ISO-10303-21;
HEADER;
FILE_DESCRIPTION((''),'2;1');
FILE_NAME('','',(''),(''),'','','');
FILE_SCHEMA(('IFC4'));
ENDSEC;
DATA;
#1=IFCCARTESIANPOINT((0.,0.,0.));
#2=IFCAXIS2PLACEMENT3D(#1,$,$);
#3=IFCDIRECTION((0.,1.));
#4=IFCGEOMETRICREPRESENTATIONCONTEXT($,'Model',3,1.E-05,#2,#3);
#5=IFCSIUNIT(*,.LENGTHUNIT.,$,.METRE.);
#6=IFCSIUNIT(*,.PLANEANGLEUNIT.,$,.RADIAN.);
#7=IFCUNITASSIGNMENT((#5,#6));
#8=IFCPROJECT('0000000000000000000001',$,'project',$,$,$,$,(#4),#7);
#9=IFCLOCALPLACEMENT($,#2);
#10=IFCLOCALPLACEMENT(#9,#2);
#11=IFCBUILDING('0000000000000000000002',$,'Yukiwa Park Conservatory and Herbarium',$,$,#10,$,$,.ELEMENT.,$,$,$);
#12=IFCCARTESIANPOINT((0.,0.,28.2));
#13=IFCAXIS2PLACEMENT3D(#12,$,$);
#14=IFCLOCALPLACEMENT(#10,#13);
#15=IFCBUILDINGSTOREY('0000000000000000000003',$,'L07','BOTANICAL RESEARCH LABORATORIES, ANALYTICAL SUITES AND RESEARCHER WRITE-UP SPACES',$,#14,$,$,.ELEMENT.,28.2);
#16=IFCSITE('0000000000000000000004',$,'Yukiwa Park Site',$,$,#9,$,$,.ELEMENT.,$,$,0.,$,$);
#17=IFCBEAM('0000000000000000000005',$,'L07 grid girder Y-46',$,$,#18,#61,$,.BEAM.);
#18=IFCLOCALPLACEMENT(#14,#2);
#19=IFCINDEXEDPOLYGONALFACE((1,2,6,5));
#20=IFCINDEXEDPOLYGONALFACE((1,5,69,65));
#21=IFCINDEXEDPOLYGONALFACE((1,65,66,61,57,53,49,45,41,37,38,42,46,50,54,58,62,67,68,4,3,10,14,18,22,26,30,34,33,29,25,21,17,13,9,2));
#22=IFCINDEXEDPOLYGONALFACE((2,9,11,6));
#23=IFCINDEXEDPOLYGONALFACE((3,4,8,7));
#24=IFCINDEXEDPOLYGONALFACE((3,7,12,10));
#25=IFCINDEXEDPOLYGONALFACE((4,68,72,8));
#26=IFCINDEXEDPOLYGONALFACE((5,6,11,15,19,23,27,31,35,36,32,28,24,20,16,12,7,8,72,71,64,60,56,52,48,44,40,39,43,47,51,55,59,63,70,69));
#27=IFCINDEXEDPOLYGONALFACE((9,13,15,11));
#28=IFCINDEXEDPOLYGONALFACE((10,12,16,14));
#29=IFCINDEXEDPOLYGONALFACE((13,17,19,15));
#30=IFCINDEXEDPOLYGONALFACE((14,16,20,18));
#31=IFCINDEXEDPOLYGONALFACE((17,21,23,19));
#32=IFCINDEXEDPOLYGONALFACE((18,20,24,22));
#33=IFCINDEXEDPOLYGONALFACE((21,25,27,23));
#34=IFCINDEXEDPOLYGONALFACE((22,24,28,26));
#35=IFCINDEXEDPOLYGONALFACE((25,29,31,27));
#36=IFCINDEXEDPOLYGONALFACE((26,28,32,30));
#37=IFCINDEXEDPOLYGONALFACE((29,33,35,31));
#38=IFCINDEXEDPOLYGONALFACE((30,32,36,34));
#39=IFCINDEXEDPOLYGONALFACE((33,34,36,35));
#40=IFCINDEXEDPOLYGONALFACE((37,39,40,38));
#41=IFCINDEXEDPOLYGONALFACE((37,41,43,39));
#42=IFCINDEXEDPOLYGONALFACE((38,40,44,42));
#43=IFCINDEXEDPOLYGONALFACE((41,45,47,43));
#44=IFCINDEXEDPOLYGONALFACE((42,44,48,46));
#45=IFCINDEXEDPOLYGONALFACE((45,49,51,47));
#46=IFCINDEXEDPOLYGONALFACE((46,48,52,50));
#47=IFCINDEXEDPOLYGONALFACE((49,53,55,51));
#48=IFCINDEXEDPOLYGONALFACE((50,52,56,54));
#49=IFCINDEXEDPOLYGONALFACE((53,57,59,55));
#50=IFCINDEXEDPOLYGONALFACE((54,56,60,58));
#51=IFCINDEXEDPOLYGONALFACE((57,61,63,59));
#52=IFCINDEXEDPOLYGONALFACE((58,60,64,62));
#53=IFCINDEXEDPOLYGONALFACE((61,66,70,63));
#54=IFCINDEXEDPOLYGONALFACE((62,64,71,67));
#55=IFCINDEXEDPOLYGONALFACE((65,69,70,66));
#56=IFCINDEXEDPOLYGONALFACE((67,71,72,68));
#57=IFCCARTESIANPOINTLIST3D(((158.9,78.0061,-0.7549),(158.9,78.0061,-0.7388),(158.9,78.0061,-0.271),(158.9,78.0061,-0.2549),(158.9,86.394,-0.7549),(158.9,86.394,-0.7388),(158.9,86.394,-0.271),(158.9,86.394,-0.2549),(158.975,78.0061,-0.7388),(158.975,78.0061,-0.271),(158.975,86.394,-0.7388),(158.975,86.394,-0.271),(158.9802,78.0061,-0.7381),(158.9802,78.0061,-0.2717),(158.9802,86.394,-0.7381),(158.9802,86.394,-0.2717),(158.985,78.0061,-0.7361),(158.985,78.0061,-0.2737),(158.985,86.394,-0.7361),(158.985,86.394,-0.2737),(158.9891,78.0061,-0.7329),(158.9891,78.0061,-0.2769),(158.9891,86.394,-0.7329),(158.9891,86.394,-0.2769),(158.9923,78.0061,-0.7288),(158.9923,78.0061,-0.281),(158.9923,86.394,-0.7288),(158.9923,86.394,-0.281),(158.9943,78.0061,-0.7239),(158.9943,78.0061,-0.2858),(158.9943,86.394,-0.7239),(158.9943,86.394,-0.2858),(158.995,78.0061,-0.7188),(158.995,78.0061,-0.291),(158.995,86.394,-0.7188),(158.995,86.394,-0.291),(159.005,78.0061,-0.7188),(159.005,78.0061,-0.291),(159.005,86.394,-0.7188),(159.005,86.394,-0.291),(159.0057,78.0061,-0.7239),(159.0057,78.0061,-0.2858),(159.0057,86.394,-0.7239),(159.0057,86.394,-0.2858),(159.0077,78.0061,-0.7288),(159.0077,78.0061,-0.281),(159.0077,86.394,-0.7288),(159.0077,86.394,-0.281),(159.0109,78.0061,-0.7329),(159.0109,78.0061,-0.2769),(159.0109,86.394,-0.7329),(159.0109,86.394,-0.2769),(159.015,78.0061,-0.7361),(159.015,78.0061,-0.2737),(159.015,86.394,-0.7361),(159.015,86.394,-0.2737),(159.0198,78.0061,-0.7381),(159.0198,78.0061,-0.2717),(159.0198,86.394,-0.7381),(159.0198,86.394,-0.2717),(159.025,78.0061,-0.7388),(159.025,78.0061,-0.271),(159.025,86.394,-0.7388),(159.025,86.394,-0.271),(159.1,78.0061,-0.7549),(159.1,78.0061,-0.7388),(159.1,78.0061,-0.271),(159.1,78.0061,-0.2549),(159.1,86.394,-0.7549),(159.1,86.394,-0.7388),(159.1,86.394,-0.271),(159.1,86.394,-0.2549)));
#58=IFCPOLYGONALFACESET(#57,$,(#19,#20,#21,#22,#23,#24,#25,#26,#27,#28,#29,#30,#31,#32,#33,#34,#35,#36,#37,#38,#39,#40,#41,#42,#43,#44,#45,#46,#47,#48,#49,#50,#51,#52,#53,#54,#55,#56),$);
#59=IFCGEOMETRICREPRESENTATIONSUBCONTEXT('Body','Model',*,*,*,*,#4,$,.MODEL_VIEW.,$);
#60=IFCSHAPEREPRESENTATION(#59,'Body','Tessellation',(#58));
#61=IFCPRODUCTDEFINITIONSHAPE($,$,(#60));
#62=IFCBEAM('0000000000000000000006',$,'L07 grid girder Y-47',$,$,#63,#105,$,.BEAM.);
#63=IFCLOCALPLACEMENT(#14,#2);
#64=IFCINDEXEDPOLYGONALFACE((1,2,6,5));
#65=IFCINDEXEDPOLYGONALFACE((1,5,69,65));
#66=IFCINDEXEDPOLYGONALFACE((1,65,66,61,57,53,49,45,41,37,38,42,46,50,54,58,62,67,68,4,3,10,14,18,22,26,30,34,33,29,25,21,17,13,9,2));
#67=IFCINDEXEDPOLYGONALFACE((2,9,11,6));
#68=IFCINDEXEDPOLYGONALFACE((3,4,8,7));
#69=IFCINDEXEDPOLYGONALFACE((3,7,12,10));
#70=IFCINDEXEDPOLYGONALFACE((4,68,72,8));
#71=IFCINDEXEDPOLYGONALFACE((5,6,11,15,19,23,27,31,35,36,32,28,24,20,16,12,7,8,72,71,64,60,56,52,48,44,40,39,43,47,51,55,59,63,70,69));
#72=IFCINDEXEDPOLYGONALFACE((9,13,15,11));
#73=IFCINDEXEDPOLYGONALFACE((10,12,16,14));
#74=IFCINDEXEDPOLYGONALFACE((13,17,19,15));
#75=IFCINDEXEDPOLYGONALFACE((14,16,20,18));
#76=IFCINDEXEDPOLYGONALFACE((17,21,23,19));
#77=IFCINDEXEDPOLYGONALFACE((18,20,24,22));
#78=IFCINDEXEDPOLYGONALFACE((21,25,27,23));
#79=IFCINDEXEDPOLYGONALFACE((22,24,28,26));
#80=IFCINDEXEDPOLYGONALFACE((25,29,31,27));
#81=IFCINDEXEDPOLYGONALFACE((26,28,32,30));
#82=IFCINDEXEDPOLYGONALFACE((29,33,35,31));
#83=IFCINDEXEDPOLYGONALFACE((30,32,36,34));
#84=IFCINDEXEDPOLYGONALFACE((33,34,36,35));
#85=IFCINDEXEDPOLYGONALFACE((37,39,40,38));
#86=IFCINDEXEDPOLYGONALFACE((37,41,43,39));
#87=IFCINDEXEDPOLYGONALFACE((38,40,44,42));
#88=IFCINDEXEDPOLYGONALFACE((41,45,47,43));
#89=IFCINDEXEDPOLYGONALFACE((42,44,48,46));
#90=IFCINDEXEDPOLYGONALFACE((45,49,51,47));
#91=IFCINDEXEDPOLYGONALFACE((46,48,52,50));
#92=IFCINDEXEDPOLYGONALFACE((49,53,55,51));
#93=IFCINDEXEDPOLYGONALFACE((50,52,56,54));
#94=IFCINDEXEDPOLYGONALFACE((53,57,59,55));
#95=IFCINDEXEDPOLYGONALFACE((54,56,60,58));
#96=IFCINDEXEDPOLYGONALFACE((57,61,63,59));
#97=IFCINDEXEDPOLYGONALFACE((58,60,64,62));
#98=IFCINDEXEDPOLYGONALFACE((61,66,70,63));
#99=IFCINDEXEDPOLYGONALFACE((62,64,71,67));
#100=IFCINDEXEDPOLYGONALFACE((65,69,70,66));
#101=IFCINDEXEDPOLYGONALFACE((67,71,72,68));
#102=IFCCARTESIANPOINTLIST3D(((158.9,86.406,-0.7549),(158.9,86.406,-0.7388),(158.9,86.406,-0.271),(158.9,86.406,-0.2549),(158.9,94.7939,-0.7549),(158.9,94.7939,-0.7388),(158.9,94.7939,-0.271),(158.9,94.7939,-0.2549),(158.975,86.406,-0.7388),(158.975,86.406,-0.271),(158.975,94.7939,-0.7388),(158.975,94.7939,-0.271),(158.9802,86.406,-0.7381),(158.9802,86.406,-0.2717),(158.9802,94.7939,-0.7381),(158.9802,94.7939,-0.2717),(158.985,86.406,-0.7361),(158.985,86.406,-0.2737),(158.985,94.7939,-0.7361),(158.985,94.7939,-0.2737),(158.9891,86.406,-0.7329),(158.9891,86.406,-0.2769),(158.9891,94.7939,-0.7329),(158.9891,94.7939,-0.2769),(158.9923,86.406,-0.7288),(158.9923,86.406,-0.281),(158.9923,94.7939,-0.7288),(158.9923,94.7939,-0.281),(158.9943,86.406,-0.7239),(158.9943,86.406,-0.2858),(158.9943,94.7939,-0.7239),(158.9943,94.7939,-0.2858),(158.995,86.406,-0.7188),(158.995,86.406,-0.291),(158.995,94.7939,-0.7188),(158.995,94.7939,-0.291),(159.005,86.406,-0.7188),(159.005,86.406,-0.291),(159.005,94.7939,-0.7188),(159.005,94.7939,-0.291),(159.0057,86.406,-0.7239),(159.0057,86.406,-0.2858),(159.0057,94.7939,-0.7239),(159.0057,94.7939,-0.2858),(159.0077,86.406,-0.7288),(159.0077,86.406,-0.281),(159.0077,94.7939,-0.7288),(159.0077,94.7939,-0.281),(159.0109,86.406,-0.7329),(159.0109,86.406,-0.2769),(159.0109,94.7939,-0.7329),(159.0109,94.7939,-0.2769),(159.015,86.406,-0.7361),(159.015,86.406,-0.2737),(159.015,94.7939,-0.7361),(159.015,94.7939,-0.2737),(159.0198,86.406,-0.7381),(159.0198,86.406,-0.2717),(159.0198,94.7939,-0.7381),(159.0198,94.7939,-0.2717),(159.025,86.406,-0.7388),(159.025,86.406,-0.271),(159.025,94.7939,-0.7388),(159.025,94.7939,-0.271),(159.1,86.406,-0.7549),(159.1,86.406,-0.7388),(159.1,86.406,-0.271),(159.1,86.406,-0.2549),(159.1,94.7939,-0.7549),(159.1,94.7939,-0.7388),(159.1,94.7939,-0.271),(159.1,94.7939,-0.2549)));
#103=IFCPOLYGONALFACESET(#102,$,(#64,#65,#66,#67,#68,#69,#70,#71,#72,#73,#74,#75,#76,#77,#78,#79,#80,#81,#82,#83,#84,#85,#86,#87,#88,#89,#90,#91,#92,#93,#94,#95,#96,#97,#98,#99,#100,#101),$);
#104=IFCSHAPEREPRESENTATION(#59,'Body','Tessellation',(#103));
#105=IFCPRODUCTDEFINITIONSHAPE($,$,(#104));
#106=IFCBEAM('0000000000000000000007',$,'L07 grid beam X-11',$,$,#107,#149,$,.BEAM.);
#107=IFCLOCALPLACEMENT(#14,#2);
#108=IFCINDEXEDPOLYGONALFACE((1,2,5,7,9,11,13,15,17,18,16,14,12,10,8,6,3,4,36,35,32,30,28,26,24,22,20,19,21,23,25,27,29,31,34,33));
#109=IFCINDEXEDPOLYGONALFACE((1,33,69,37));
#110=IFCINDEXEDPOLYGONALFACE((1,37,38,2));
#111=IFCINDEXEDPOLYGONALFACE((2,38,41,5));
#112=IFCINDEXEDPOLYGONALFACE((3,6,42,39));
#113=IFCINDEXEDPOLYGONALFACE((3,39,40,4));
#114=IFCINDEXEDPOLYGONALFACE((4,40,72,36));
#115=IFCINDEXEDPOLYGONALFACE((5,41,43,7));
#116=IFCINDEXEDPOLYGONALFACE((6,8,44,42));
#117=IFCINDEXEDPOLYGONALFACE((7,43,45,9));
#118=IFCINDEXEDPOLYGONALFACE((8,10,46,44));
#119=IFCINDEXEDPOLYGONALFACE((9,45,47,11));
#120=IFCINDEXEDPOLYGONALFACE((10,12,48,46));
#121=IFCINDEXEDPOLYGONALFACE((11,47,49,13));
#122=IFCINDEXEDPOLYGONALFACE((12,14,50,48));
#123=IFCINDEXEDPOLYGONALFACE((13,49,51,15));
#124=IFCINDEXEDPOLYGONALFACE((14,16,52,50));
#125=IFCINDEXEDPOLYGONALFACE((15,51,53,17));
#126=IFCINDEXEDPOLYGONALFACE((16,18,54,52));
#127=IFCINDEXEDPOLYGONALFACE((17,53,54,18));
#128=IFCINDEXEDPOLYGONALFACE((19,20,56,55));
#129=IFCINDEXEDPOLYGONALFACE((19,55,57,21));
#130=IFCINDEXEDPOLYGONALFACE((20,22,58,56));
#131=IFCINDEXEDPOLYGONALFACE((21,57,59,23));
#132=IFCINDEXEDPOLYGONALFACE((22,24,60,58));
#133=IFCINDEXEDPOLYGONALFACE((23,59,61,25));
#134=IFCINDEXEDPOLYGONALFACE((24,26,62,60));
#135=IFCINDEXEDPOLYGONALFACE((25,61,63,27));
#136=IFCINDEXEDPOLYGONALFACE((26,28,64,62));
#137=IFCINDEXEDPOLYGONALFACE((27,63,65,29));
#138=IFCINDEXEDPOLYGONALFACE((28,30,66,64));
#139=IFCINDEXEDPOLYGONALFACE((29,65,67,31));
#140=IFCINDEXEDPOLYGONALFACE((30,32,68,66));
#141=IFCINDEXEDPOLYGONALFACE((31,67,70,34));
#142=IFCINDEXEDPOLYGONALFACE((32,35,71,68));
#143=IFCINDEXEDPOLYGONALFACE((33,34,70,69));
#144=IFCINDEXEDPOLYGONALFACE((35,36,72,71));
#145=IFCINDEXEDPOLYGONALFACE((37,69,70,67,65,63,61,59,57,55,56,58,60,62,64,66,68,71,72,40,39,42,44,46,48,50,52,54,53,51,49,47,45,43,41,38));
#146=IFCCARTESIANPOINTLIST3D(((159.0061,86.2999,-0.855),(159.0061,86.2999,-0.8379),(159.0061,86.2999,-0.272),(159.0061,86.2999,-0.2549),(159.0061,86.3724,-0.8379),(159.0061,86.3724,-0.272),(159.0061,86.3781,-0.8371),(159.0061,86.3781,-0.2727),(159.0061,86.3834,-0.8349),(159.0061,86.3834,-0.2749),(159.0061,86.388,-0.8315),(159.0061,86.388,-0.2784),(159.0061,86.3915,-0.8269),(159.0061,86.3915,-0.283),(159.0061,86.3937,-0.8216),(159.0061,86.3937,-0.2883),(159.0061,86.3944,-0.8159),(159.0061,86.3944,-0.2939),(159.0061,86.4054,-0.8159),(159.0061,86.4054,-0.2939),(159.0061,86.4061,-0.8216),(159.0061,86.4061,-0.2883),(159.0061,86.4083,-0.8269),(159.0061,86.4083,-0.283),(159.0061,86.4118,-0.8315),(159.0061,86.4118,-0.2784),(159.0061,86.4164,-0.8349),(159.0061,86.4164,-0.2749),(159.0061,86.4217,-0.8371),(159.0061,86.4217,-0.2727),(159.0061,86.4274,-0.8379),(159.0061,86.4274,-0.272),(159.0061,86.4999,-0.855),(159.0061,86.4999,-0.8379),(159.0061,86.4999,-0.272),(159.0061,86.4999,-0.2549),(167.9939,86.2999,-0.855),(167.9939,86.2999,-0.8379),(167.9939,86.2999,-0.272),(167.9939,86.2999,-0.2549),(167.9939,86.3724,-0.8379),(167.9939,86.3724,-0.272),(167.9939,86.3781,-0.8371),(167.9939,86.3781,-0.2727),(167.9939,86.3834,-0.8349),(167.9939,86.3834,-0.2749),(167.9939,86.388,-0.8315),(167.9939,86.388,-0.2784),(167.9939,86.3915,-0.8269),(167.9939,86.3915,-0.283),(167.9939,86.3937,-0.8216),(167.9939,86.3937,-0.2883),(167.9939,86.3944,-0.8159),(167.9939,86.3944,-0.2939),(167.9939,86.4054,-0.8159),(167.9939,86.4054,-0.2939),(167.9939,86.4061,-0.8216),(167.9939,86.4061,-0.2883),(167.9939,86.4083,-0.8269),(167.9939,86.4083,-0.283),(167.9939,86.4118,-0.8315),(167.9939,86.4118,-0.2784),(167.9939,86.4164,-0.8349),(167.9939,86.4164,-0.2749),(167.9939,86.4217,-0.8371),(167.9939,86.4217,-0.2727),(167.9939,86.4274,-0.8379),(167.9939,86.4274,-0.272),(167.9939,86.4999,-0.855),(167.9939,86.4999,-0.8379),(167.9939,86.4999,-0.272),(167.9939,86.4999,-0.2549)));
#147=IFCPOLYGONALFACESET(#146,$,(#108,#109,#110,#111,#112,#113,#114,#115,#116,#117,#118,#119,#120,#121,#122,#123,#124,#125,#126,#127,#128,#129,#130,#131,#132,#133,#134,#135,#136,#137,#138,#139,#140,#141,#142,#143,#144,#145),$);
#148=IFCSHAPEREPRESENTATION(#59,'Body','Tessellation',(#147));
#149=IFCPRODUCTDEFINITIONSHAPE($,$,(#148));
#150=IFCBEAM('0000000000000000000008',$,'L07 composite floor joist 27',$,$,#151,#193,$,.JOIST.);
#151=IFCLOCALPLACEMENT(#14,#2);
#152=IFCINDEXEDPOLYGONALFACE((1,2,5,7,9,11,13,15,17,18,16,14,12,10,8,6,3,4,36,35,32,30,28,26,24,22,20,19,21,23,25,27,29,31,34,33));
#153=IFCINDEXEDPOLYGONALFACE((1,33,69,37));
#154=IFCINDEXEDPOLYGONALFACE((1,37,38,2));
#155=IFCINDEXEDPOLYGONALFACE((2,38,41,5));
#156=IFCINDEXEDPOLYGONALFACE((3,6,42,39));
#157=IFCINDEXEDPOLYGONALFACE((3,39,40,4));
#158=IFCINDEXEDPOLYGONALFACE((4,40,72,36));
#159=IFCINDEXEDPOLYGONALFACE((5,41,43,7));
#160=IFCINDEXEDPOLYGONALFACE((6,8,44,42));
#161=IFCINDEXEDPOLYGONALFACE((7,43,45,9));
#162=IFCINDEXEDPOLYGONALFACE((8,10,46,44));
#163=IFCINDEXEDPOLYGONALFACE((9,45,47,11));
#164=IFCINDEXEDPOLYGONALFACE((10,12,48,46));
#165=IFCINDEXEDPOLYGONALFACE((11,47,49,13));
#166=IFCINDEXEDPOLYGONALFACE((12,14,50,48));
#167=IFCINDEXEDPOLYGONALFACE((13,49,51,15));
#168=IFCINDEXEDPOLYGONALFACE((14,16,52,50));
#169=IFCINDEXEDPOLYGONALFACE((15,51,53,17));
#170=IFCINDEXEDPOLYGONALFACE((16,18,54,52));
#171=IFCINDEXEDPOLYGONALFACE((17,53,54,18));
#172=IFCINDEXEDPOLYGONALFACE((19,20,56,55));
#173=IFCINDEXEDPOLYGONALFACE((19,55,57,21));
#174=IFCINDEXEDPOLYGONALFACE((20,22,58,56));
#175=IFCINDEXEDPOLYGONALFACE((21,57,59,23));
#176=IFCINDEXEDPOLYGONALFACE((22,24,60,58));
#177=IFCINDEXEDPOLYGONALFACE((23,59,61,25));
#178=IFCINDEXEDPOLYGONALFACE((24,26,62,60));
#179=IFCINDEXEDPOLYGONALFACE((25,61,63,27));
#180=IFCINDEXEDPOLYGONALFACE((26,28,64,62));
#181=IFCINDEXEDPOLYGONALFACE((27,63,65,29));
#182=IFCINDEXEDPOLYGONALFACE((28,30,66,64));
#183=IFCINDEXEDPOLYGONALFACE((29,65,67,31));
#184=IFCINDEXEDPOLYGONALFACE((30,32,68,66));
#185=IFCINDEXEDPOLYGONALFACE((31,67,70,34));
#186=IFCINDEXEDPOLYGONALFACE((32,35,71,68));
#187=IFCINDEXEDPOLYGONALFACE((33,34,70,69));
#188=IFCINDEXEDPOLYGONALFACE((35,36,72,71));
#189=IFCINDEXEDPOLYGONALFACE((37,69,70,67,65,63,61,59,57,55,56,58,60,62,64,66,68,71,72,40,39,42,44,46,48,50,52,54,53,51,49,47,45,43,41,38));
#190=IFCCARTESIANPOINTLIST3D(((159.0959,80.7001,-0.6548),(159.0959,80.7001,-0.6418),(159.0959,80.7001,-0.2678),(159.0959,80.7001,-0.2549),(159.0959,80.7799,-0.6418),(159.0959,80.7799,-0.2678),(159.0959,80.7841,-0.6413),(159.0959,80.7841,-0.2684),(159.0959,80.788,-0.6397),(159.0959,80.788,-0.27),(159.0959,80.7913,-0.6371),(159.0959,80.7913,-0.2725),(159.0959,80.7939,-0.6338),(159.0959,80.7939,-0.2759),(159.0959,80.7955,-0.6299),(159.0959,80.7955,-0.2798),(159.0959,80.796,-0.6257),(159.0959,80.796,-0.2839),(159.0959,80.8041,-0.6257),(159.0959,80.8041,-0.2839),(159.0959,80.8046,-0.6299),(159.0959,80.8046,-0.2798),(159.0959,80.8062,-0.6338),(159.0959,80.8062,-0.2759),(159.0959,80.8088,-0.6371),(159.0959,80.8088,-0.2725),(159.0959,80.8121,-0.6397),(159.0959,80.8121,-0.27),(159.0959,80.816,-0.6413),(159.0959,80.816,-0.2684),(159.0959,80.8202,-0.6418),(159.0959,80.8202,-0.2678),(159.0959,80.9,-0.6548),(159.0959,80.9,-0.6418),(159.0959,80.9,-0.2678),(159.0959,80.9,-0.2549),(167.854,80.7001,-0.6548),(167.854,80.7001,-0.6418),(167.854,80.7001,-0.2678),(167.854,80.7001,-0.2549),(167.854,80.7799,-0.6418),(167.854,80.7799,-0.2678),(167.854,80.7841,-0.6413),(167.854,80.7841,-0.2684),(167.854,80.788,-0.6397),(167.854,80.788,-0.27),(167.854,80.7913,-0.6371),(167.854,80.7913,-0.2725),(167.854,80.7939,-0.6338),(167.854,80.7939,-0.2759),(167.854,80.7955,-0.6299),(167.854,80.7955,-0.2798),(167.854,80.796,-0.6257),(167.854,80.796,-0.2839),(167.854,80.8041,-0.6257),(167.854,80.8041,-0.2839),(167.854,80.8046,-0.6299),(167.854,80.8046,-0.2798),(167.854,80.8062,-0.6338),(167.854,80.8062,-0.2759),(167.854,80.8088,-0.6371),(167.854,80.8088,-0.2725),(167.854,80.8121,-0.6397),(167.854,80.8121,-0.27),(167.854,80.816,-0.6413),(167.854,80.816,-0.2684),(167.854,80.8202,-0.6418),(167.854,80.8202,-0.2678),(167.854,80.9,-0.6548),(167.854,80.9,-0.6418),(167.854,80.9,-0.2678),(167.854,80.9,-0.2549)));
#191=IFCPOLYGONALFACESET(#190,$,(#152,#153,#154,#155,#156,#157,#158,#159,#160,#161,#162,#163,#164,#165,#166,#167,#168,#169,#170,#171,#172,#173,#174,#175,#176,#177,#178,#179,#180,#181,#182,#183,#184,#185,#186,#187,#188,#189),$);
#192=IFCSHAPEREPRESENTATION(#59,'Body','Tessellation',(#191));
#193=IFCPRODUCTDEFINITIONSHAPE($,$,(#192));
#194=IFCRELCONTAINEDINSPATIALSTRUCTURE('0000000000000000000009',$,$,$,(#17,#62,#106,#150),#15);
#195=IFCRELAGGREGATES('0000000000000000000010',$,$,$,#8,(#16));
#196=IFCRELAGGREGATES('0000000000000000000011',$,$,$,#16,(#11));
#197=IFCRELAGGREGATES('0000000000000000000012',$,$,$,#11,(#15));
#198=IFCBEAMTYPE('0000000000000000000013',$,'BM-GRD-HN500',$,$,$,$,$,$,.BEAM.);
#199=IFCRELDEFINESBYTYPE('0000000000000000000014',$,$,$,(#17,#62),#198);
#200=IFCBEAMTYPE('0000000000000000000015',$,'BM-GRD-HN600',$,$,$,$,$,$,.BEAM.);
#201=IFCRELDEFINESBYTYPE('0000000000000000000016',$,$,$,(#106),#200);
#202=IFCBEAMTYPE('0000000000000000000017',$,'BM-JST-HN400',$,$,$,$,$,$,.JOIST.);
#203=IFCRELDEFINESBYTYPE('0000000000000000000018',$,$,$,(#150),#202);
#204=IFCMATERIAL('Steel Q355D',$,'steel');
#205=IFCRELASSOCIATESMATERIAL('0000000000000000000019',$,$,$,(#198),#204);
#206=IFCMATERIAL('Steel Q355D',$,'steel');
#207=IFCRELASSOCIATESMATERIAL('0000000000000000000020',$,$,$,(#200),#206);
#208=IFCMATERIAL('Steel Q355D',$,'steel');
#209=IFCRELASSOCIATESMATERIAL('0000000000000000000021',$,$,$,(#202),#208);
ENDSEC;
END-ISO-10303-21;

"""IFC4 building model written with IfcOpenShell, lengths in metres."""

from ifc_helpers import new_model, si_unit, direction, frame, origin, origin_2d, place, context, subcontext, project, spatial, i_section, extrude, material, material_profile, profile_set, type_object, element, save


model = new_model("IFC4")

# Units and contexts
model_context = context("Model", 3, precision=1e-05, world=origin(), true_north=direction((0.0, 1.0)))
body_context = subcontext(model_context, "Body", "Model", "MODEL_VIEW")
ifc_project = project(units=[si_unit("LENGTHUNIT", "METRE"), si_unit("PLANEANGLEUNIT", "RADIAN")], contexts=[model_context])

# Site, building, storey
site_placement = place(None, origin())
site = spatial("IfcSite", under=ifc_project, at=site_placement, Name="Yukiwa Park Site", CompositionType="ELEMENT", RefElevation=0.0)
building_placement = place(site_placement, origin())
building = spatial("IfcBuilding", under=site, at=building_placement, Name="Yukiwa Park Conservatory and Herbarium", CompositionType="ELEMENT")
storey_placement = place(building_placement, frame((0.0, 0.0, 28.2)))
storey = spatial("IfcBuildingStorey", under=building, at=storey_placement, Name="L07", Description="BOTANICAL RESEARCH LABORATORIES, ANALYTICAL SUITES AND RESEARCHER WRITE-UP SPACES", CompositionType="ELEMENT", Elevation=28.2)

# Beams
ifc_material_1 = material(Name="Steel Q355D", Category="steel")
ifc_material_profile_1 = material_profile(ifc_material_1, i_section(OverallWidth=0.2, OverallDepth=0.5, WebThickness=0.01, FlangeThickness=0.0161, FilletRadius=0.02, at=origin_2d()), Name="HN 500x200x10x16")
ifc_profile_set_1 = profile_set([ifc_material_profile_1], Name="Steel Q355D")
beam_type_1 = type_object("IfcBeamType", Name="BM-GRD-HN500", PredefinedType="BEAM", material=ifc_profile_set_1)
for number, where, z_axis, x_axis, name in (
    (1, (159.0, 78.0061, -0.5049), (0.0, 1.0, 0.0), (-1.0, 0.0, 0.0), "L07 grid girder Y-46"),
    (2, (159.0, 86.406, -0.5049), (0.0, 1.0, 0.0), (-1.0, 0.0, 0.0), "L07 grid girder Y-47"),
):
    element("IfcBeam", number, at=place(storey_placement, frame(where, z_axis=z_axis, x_axis=x_axis)), inside=storey, type_object=beam_type_1, Name=name, PredefinedType="BEAM", context=body_context, shape_type="SweptSolid", body=[
        extrude(i_section(OverallWidth=0.2, OverallDepth=0.5, WebThickness=0.01, FlangeThickness=0.0161, FilletRadius=0.02, at=origin_2d()), origin(), (0.0, 0.0, 1.0), 8.3879),
    ])
ifc_material_2 = material(Name="Steel Q355D", Category="steel")
ifc_material_profile_2 = material_profile(ifc_material_2, i_section(OverallWidth=0.2, OverallDepth=0.6001, WebThickness=0.011, FlangeThickness=0.0171, FilletRadius=0.022, at=origin_2d()), Name="HN 600x200x11x17")
ifc_profile_set_2 = profile_set([ifc_material_profile_2], Name="Steel Q355D")
beam_type_2 = type_object("IfcBeamType", Name="BM-GRD-HN600", PredefinedType="BEAM", material=ifc_profile_set_2)
beam_1_placement = place(storey_placement, frame((159.0061, 86.3999, -0.5549), z_axis=(1.0, 0.0, 0.0), x_axis=(0.0, 1.0, 0.0)))
element("IfcBeam", 3, at=beam_1_placement, inside=storey, type_object=beam_type_2, Name="L07 grid beam X-11", PredefinedType="BEAM", context=body_context, shape_type="SweptSolid", body=[
    extrude(i_section(OverallWidth=0.2, OverallDepth=0.6001, WebThickness=0.011, FlangeThickness=0.0171, FilletRadius=0.022, at=origin_2d()), origin(), (0.0, 0.0, 1.0), 8.9878),
])
ifc_material_3 = material(Name="Steel Q355D", Category="steel")
ifc_material_profile_3 = material_profile(ifc_material_3, i_section(OverallWidth=0.2, OverallDepth=0.3999, WebThickness=0.0081, FlangeThickness=0.0129, FilletRadius=0.0161, at=origin_2d()), Name="HN 400x200x8x13")
ifc_profile_set_3 = profile_set([ifc_material_profile_3], Name="Steel Q355D")
beam_type_3 = type_object("IfcBeamType", Name="BM-JST-HN400", PredefinedType="JOIST", material=ifc_profile_set_3)
for number, where, z_axis, x_axis, name in (
    (4, (159.0959, 80.8, -0.4548), (1.0, 0.0, 0.0), (0.0, 1.0, 0.0), "L07 composite floor joist 27"),
):
    element("IfcBeam", number, at=place(storey_placement, frame(where, z_axis=z_axis, x_axis=x_axis)), inside=storey, type_object=beam_type_3, Name=name, PredefinedType="JOIST", context=body_context, shape_type="SweptSolid", body=[
        extrude(i_section(OverallWidth=0.2, OverallDepth=0.3999, WebThickness=0.0081, FlangeThickness=0.0129, FilletRadius=0.0161, at=origin_2d()), origin(), (0.0, 0.0, 1.0), 8.7581),
    ])

save(model, "model.ifc")
